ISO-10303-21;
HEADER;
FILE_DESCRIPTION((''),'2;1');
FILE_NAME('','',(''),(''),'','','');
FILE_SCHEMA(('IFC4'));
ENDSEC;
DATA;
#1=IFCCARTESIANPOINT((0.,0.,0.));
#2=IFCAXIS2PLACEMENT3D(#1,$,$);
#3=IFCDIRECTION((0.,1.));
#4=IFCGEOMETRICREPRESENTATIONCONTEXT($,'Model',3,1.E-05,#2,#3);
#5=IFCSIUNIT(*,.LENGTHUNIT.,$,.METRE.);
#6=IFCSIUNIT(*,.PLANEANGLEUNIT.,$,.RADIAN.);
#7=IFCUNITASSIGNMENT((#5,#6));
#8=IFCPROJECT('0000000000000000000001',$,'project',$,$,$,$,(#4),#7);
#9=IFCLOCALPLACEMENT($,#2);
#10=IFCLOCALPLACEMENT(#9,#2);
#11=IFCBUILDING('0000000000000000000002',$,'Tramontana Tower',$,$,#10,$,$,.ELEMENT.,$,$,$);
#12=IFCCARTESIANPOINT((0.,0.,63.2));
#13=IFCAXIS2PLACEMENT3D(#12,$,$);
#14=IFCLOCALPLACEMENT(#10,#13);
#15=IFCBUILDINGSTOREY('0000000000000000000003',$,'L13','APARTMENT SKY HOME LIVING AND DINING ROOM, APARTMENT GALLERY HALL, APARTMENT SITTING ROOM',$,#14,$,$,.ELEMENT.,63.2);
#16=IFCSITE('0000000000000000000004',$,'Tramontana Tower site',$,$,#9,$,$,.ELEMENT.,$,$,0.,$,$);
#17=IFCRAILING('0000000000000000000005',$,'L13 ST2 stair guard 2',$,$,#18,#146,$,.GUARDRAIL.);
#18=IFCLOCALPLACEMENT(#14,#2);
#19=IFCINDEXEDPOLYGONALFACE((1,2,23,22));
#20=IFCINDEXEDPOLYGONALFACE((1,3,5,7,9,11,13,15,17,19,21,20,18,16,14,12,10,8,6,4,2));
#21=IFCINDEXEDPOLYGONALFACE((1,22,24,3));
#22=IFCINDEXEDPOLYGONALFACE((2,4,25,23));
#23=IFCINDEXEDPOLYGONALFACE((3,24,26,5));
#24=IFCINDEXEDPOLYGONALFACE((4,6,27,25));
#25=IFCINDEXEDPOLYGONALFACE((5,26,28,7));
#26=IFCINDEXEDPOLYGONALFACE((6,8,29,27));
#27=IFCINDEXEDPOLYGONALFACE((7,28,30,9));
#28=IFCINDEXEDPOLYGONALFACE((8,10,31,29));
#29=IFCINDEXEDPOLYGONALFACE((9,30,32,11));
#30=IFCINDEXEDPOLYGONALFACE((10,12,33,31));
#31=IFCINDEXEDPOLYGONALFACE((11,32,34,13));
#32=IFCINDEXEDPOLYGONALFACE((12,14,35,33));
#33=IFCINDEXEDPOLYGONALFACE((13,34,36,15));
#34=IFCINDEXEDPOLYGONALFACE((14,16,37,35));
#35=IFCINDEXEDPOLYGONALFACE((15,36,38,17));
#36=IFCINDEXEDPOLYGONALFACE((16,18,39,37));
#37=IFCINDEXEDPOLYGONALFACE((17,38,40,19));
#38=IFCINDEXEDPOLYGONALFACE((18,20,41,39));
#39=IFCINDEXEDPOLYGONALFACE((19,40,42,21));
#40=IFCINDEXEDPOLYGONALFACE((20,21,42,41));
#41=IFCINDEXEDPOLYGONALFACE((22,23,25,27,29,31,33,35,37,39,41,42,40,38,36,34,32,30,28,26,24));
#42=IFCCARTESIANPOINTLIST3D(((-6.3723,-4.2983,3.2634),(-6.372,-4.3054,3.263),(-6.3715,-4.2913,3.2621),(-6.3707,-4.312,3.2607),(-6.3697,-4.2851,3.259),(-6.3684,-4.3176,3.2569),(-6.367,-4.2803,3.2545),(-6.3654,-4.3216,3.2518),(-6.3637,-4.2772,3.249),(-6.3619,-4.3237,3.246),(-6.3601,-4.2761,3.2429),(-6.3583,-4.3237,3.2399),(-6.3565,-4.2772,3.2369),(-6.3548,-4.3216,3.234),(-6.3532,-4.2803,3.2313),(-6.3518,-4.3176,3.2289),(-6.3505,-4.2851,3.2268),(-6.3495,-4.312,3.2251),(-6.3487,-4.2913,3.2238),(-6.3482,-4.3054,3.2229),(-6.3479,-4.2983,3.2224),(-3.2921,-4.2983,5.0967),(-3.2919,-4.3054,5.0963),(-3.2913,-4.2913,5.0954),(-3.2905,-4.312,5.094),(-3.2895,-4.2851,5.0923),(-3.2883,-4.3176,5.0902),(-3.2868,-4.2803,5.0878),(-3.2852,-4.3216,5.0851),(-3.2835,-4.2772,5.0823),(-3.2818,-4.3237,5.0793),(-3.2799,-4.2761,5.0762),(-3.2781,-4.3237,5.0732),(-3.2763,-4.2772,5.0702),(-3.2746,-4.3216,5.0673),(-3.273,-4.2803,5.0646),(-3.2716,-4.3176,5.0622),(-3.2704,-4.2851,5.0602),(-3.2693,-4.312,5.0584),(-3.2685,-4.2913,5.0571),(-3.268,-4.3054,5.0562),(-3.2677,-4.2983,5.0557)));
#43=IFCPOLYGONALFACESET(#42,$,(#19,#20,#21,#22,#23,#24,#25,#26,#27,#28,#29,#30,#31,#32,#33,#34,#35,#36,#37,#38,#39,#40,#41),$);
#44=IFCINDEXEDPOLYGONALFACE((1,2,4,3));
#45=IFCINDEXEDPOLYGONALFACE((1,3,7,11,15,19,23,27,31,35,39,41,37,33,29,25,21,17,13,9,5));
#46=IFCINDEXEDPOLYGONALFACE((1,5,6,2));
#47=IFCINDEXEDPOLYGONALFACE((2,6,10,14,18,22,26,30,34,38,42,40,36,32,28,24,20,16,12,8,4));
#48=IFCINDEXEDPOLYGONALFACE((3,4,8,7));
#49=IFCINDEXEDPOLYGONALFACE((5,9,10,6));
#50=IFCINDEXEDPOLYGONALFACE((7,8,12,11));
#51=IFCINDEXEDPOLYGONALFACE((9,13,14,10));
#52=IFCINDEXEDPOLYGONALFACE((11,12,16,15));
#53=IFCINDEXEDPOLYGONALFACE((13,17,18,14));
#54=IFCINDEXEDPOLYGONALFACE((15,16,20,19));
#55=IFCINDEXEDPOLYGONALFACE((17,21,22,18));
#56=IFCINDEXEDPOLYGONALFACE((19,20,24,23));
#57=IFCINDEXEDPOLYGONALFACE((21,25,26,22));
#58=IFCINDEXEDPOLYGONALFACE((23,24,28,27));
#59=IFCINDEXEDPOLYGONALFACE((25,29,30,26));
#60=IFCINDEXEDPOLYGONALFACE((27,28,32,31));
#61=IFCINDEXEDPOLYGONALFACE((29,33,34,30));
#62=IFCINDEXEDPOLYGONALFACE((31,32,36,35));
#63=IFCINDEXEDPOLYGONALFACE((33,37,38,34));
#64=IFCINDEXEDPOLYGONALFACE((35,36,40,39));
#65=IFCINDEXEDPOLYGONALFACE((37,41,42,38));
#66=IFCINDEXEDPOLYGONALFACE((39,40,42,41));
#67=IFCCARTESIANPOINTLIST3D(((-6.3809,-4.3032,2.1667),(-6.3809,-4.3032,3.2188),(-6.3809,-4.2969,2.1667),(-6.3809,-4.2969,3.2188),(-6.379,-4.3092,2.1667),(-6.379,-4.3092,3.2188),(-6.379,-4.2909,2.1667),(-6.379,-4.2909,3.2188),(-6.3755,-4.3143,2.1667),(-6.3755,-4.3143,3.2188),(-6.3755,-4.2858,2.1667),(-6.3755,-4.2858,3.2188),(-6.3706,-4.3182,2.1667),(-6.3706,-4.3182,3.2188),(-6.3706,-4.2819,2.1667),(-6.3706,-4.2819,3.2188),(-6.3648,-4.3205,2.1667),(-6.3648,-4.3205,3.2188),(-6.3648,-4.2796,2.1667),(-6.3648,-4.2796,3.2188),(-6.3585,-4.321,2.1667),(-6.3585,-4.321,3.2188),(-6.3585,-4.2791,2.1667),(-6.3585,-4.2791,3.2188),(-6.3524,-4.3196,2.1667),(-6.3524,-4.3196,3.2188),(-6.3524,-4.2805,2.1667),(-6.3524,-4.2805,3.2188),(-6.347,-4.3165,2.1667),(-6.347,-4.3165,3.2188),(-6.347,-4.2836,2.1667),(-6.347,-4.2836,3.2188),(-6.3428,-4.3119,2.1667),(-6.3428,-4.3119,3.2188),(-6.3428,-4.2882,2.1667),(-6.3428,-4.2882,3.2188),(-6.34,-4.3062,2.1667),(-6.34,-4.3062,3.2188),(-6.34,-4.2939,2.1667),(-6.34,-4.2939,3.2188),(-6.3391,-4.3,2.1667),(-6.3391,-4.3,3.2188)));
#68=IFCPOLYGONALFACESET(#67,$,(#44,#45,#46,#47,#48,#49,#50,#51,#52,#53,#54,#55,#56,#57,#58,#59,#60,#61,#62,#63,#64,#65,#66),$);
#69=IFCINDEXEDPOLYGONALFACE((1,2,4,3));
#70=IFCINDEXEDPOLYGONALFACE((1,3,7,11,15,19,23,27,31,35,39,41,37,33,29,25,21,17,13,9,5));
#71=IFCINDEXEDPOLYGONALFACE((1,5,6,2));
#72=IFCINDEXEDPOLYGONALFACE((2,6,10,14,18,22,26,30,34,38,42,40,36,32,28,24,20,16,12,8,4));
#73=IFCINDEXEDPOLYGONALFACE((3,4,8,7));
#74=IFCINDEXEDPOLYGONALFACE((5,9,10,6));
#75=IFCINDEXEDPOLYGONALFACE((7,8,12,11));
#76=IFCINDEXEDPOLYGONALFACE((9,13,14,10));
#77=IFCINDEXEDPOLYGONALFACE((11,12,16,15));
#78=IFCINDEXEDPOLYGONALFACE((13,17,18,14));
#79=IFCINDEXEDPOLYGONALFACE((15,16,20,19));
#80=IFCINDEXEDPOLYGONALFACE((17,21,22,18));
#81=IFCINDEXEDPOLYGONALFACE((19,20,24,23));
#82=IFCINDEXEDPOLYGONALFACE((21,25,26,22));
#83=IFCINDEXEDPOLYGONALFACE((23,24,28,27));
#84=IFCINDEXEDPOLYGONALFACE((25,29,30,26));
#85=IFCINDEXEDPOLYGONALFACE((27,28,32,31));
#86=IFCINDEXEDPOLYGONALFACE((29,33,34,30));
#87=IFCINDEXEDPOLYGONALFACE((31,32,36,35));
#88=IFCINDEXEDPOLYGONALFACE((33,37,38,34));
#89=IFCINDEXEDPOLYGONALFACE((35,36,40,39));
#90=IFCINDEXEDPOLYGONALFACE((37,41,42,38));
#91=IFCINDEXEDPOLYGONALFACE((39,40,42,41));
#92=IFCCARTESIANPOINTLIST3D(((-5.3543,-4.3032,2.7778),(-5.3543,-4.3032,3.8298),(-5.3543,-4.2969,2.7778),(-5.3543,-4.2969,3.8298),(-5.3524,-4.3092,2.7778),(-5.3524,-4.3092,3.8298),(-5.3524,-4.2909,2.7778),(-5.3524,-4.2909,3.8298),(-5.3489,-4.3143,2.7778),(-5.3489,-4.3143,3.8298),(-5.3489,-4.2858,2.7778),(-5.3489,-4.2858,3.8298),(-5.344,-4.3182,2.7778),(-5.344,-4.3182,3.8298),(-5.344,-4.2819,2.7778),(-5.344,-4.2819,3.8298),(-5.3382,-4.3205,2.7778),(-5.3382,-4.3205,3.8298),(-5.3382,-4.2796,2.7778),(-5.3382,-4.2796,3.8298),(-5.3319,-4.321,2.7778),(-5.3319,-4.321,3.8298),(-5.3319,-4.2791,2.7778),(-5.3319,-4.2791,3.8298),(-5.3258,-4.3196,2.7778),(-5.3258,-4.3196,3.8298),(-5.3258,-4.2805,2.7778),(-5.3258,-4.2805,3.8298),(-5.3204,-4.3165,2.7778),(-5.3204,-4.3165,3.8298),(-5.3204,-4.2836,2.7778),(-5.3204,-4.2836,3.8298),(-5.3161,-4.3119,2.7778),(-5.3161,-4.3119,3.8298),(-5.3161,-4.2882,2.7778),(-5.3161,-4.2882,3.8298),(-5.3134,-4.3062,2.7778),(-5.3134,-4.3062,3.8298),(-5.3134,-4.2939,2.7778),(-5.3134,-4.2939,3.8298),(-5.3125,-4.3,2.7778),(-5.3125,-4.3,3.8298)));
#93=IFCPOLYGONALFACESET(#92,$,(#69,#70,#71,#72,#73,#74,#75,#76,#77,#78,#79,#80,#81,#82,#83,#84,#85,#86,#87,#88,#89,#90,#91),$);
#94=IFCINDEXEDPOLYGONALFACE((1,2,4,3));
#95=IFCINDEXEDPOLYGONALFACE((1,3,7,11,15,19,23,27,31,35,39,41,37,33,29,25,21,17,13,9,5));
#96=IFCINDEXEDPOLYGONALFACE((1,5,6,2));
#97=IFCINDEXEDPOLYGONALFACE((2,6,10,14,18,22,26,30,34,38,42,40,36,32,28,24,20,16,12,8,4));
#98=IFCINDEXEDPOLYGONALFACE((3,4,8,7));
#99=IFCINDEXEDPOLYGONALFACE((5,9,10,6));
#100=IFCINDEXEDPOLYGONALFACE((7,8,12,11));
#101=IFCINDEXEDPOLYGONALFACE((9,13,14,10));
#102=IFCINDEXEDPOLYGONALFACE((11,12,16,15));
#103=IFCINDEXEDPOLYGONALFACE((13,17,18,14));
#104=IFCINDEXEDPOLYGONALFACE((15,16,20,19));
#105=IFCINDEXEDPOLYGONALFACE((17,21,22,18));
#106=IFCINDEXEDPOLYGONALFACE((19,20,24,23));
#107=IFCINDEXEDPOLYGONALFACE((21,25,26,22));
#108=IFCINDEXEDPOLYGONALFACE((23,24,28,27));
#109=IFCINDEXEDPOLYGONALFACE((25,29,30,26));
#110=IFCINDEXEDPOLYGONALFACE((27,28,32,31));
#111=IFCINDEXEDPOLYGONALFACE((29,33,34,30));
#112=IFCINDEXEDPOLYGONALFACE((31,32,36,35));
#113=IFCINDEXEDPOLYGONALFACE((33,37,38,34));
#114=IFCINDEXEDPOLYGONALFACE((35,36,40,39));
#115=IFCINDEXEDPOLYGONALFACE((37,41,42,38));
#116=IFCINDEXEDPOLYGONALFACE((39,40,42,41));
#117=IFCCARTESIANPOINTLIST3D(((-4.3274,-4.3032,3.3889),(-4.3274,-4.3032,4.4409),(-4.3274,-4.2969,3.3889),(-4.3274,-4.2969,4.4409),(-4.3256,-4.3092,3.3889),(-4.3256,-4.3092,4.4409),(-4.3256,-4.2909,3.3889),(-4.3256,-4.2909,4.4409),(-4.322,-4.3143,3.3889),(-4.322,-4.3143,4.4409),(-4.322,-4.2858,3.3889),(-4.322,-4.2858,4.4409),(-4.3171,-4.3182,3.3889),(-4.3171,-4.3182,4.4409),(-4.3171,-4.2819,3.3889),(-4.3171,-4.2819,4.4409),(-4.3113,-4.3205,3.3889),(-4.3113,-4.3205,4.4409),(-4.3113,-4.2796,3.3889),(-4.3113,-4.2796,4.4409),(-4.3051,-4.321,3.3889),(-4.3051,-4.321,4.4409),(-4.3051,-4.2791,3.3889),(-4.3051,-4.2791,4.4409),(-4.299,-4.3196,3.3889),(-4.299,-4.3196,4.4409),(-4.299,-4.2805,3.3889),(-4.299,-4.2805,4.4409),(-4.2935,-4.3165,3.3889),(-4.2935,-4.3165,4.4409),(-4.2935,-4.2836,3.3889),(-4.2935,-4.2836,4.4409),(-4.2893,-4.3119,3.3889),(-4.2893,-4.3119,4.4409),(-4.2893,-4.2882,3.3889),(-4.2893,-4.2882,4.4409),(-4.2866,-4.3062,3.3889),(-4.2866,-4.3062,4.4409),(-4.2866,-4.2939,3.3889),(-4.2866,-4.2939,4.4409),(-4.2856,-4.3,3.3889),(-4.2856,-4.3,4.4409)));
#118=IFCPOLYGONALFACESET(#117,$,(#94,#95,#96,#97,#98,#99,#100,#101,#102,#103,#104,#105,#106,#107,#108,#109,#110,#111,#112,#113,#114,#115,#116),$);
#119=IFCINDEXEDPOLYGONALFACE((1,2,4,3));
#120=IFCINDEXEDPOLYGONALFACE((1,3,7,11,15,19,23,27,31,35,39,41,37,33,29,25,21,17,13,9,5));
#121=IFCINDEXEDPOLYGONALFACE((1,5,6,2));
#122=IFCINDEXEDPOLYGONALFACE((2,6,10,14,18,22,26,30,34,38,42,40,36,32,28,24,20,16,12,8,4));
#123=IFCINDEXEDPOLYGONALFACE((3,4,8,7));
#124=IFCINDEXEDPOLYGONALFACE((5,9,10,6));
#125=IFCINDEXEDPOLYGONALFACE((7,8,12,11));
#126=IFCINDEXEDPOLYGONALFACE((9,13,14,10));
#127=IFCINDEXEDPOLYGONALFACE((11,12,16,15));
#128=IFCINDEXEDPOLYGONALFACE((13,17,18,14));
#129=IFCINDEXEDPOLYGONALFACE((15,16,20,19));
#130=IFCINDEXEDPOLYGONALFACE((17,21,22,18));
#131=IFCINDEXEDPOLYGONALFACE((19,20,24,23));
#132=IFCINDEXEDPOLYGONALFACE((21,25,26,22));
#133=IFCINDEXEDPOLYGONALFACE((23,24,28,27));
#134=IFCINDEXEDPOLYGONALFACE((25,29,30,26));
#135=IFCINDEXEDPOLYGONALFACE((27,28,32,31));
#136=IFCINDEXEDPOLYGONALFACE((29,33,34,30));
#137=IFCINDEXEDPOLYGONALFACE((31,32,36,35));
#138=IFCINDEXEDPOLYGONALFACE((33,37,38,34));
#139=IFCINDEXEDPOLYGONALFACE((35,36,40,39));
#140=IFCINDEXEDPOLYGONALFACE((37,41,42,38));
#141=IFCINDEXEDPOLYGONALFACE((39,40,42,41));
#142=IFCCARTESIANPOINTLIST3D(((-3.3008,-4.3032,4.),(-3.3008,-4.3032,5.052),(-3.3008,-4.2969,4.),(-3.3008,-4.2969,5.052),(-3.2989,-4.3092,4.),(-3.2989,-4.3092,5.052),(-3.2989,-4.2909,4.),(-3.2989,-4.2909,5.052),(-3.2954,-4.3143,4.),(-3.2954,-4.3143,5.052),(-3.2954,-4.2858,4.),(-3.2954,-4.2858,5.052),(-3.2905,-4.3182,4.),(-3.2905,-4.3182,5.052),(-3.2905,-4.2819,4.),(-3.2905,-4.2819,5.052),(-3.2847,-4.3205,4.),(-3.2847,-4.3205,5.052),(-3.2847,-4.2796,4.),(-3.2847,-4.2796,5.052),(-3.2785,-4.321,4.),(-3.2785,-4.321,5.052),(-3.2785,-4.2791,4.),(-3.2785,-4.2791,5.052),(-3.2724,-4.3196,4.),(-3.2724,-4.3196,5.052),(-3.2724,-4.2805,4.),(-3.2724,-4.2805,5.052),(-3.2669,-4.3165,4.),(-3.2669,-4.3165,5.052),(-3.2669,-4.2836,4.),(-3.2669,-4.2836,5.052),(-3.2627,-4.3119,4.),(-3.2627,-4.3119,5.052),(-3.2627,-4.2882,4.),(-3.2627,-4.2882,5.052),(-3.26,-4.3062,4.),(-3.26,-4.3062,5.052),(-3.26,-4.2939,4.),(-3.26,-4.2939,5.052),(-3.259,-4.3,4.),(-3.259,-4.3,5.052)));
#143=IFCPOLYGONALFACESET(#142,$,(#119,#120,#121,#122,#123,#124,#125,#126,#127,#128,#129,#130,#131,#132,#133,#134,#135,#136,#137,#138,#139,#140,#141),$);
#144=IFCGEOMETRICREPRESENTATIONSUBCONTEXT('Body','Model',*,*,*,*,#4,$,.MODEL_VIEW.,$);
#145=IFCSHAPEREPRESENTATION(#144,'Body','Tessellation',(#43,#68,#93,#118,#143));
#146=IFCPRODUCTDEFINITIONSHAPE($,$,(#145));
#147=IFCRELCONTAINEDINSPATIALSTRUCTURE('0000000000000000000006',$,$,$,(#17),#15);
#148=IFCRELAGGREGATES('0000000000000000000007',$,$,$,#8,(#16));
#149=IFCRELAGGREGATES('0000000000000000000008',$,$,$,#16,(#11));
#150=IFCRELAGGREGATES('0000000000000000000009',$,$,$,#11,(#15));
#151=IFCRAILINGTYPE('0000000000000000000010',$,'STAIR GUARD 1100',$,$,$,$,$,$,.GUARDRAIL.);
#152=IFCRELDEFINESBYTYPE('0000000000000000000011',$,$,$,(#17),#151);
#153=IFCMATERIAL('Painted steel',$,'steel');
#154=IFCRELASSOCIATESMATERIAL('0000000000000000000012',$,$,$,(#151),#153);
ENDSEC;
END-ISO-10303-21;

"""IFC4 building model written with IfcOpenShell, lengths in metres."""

from ifc_helpers import new_model, si_unit, direction, frame, origin, origin_2d, place, context, subcontext, project, spatial, circle, extrude, material, type_object, element, save


model = new_model("IFC4")

# Units and contexts
model_context = context("Model", 3, precision=1e-05, world=origin(), true_north=direction((0.0, 1.0)))
body_context = subcontext(model_context, "Body", "Model", "MODEL_VIEW")
ifc_project = project(units=[si_unit("LENGTHUNIT", "METRE"), si_unit("PLANEANGLEUNIT", "RADIAN")], contexts=[model_context])

# Site, building, storey
site_placement = place(None, origin())
site = spatial("IfcSite", under=ifc_project, at=site_placement, Name="Tramontana Tower site", CompositionType="ELEMENT", RefElevation=0.0)
building_placement = place(site_placement, origin())
building = spatial("IfcBuilding", under=site, at=building_placement, Name="Tramontana Tower", CompositionType="ELEMENT")
storey_placement = place(building_placement, frame((0.0, 0.0, 63.2)))
storey = spatial("IfcBuildingStorey", under=building, at=storey_placement, Name="L13", Description="APARTMENT SKY HOME LIVING AND DINING ROOM, APARTMENT GALLERY HALL, APARTMENT SITTING ROOM", CompositionType="ELEMENT", Elevation=63.2)

# Railing
ifc_material_1 = material(Name="Painted steel", Category="steel")
railing_type_1 = type_object("IfcRailingType", Name="STAIR GUARD 1100", PredefinedType="GUARDRAIL", material=ifc_material_1)
railing_1_placement = place(storey_placement, frame((-6.3601, -4.3, 2.1667)))
element("IfcRailing", 1, at=railing_1_placement, inside=storey, type_object=railing_type_1, Name="L13 ST2 stair guard 2", PredefinedType="GUARDRAIL", context=body_context, shape_type="SweptSolid", body=[
    extrude(circle(Radius=0.0239, at=origin_2d()), frame((0.0, 0.0, 1.0762), z_axis=(0.859309, 0.0, 0.511458), x_axis=(0.0, 1.0, 0.0)), (0.0, 0.0, 1.0), 3.5845),
    extrude(circle(Radius=0.021, at=origin_2d()), origin(), (0.0, 0.0, 1.0), 1.052),
    extrude(circle(Radius=0.021, at=origin_2d()), frame((1.0266, 0.0, 0.6111)), (0.0, 0.0, 1.0), 1.052),
    extrude(circle(Radius=0.021, at=origin_2d()), frame((2.0535, 0.0, 1.2222)), (0.0, 0.0, 1.0), 1.052),
    extrude(circle(Radius=0.021, at=origin_2d()), frame((3.0801, 0.0, 1.8333)), (0.0, 0.0, 1.0), 1.052),
])

save(model, "model.ifc")
